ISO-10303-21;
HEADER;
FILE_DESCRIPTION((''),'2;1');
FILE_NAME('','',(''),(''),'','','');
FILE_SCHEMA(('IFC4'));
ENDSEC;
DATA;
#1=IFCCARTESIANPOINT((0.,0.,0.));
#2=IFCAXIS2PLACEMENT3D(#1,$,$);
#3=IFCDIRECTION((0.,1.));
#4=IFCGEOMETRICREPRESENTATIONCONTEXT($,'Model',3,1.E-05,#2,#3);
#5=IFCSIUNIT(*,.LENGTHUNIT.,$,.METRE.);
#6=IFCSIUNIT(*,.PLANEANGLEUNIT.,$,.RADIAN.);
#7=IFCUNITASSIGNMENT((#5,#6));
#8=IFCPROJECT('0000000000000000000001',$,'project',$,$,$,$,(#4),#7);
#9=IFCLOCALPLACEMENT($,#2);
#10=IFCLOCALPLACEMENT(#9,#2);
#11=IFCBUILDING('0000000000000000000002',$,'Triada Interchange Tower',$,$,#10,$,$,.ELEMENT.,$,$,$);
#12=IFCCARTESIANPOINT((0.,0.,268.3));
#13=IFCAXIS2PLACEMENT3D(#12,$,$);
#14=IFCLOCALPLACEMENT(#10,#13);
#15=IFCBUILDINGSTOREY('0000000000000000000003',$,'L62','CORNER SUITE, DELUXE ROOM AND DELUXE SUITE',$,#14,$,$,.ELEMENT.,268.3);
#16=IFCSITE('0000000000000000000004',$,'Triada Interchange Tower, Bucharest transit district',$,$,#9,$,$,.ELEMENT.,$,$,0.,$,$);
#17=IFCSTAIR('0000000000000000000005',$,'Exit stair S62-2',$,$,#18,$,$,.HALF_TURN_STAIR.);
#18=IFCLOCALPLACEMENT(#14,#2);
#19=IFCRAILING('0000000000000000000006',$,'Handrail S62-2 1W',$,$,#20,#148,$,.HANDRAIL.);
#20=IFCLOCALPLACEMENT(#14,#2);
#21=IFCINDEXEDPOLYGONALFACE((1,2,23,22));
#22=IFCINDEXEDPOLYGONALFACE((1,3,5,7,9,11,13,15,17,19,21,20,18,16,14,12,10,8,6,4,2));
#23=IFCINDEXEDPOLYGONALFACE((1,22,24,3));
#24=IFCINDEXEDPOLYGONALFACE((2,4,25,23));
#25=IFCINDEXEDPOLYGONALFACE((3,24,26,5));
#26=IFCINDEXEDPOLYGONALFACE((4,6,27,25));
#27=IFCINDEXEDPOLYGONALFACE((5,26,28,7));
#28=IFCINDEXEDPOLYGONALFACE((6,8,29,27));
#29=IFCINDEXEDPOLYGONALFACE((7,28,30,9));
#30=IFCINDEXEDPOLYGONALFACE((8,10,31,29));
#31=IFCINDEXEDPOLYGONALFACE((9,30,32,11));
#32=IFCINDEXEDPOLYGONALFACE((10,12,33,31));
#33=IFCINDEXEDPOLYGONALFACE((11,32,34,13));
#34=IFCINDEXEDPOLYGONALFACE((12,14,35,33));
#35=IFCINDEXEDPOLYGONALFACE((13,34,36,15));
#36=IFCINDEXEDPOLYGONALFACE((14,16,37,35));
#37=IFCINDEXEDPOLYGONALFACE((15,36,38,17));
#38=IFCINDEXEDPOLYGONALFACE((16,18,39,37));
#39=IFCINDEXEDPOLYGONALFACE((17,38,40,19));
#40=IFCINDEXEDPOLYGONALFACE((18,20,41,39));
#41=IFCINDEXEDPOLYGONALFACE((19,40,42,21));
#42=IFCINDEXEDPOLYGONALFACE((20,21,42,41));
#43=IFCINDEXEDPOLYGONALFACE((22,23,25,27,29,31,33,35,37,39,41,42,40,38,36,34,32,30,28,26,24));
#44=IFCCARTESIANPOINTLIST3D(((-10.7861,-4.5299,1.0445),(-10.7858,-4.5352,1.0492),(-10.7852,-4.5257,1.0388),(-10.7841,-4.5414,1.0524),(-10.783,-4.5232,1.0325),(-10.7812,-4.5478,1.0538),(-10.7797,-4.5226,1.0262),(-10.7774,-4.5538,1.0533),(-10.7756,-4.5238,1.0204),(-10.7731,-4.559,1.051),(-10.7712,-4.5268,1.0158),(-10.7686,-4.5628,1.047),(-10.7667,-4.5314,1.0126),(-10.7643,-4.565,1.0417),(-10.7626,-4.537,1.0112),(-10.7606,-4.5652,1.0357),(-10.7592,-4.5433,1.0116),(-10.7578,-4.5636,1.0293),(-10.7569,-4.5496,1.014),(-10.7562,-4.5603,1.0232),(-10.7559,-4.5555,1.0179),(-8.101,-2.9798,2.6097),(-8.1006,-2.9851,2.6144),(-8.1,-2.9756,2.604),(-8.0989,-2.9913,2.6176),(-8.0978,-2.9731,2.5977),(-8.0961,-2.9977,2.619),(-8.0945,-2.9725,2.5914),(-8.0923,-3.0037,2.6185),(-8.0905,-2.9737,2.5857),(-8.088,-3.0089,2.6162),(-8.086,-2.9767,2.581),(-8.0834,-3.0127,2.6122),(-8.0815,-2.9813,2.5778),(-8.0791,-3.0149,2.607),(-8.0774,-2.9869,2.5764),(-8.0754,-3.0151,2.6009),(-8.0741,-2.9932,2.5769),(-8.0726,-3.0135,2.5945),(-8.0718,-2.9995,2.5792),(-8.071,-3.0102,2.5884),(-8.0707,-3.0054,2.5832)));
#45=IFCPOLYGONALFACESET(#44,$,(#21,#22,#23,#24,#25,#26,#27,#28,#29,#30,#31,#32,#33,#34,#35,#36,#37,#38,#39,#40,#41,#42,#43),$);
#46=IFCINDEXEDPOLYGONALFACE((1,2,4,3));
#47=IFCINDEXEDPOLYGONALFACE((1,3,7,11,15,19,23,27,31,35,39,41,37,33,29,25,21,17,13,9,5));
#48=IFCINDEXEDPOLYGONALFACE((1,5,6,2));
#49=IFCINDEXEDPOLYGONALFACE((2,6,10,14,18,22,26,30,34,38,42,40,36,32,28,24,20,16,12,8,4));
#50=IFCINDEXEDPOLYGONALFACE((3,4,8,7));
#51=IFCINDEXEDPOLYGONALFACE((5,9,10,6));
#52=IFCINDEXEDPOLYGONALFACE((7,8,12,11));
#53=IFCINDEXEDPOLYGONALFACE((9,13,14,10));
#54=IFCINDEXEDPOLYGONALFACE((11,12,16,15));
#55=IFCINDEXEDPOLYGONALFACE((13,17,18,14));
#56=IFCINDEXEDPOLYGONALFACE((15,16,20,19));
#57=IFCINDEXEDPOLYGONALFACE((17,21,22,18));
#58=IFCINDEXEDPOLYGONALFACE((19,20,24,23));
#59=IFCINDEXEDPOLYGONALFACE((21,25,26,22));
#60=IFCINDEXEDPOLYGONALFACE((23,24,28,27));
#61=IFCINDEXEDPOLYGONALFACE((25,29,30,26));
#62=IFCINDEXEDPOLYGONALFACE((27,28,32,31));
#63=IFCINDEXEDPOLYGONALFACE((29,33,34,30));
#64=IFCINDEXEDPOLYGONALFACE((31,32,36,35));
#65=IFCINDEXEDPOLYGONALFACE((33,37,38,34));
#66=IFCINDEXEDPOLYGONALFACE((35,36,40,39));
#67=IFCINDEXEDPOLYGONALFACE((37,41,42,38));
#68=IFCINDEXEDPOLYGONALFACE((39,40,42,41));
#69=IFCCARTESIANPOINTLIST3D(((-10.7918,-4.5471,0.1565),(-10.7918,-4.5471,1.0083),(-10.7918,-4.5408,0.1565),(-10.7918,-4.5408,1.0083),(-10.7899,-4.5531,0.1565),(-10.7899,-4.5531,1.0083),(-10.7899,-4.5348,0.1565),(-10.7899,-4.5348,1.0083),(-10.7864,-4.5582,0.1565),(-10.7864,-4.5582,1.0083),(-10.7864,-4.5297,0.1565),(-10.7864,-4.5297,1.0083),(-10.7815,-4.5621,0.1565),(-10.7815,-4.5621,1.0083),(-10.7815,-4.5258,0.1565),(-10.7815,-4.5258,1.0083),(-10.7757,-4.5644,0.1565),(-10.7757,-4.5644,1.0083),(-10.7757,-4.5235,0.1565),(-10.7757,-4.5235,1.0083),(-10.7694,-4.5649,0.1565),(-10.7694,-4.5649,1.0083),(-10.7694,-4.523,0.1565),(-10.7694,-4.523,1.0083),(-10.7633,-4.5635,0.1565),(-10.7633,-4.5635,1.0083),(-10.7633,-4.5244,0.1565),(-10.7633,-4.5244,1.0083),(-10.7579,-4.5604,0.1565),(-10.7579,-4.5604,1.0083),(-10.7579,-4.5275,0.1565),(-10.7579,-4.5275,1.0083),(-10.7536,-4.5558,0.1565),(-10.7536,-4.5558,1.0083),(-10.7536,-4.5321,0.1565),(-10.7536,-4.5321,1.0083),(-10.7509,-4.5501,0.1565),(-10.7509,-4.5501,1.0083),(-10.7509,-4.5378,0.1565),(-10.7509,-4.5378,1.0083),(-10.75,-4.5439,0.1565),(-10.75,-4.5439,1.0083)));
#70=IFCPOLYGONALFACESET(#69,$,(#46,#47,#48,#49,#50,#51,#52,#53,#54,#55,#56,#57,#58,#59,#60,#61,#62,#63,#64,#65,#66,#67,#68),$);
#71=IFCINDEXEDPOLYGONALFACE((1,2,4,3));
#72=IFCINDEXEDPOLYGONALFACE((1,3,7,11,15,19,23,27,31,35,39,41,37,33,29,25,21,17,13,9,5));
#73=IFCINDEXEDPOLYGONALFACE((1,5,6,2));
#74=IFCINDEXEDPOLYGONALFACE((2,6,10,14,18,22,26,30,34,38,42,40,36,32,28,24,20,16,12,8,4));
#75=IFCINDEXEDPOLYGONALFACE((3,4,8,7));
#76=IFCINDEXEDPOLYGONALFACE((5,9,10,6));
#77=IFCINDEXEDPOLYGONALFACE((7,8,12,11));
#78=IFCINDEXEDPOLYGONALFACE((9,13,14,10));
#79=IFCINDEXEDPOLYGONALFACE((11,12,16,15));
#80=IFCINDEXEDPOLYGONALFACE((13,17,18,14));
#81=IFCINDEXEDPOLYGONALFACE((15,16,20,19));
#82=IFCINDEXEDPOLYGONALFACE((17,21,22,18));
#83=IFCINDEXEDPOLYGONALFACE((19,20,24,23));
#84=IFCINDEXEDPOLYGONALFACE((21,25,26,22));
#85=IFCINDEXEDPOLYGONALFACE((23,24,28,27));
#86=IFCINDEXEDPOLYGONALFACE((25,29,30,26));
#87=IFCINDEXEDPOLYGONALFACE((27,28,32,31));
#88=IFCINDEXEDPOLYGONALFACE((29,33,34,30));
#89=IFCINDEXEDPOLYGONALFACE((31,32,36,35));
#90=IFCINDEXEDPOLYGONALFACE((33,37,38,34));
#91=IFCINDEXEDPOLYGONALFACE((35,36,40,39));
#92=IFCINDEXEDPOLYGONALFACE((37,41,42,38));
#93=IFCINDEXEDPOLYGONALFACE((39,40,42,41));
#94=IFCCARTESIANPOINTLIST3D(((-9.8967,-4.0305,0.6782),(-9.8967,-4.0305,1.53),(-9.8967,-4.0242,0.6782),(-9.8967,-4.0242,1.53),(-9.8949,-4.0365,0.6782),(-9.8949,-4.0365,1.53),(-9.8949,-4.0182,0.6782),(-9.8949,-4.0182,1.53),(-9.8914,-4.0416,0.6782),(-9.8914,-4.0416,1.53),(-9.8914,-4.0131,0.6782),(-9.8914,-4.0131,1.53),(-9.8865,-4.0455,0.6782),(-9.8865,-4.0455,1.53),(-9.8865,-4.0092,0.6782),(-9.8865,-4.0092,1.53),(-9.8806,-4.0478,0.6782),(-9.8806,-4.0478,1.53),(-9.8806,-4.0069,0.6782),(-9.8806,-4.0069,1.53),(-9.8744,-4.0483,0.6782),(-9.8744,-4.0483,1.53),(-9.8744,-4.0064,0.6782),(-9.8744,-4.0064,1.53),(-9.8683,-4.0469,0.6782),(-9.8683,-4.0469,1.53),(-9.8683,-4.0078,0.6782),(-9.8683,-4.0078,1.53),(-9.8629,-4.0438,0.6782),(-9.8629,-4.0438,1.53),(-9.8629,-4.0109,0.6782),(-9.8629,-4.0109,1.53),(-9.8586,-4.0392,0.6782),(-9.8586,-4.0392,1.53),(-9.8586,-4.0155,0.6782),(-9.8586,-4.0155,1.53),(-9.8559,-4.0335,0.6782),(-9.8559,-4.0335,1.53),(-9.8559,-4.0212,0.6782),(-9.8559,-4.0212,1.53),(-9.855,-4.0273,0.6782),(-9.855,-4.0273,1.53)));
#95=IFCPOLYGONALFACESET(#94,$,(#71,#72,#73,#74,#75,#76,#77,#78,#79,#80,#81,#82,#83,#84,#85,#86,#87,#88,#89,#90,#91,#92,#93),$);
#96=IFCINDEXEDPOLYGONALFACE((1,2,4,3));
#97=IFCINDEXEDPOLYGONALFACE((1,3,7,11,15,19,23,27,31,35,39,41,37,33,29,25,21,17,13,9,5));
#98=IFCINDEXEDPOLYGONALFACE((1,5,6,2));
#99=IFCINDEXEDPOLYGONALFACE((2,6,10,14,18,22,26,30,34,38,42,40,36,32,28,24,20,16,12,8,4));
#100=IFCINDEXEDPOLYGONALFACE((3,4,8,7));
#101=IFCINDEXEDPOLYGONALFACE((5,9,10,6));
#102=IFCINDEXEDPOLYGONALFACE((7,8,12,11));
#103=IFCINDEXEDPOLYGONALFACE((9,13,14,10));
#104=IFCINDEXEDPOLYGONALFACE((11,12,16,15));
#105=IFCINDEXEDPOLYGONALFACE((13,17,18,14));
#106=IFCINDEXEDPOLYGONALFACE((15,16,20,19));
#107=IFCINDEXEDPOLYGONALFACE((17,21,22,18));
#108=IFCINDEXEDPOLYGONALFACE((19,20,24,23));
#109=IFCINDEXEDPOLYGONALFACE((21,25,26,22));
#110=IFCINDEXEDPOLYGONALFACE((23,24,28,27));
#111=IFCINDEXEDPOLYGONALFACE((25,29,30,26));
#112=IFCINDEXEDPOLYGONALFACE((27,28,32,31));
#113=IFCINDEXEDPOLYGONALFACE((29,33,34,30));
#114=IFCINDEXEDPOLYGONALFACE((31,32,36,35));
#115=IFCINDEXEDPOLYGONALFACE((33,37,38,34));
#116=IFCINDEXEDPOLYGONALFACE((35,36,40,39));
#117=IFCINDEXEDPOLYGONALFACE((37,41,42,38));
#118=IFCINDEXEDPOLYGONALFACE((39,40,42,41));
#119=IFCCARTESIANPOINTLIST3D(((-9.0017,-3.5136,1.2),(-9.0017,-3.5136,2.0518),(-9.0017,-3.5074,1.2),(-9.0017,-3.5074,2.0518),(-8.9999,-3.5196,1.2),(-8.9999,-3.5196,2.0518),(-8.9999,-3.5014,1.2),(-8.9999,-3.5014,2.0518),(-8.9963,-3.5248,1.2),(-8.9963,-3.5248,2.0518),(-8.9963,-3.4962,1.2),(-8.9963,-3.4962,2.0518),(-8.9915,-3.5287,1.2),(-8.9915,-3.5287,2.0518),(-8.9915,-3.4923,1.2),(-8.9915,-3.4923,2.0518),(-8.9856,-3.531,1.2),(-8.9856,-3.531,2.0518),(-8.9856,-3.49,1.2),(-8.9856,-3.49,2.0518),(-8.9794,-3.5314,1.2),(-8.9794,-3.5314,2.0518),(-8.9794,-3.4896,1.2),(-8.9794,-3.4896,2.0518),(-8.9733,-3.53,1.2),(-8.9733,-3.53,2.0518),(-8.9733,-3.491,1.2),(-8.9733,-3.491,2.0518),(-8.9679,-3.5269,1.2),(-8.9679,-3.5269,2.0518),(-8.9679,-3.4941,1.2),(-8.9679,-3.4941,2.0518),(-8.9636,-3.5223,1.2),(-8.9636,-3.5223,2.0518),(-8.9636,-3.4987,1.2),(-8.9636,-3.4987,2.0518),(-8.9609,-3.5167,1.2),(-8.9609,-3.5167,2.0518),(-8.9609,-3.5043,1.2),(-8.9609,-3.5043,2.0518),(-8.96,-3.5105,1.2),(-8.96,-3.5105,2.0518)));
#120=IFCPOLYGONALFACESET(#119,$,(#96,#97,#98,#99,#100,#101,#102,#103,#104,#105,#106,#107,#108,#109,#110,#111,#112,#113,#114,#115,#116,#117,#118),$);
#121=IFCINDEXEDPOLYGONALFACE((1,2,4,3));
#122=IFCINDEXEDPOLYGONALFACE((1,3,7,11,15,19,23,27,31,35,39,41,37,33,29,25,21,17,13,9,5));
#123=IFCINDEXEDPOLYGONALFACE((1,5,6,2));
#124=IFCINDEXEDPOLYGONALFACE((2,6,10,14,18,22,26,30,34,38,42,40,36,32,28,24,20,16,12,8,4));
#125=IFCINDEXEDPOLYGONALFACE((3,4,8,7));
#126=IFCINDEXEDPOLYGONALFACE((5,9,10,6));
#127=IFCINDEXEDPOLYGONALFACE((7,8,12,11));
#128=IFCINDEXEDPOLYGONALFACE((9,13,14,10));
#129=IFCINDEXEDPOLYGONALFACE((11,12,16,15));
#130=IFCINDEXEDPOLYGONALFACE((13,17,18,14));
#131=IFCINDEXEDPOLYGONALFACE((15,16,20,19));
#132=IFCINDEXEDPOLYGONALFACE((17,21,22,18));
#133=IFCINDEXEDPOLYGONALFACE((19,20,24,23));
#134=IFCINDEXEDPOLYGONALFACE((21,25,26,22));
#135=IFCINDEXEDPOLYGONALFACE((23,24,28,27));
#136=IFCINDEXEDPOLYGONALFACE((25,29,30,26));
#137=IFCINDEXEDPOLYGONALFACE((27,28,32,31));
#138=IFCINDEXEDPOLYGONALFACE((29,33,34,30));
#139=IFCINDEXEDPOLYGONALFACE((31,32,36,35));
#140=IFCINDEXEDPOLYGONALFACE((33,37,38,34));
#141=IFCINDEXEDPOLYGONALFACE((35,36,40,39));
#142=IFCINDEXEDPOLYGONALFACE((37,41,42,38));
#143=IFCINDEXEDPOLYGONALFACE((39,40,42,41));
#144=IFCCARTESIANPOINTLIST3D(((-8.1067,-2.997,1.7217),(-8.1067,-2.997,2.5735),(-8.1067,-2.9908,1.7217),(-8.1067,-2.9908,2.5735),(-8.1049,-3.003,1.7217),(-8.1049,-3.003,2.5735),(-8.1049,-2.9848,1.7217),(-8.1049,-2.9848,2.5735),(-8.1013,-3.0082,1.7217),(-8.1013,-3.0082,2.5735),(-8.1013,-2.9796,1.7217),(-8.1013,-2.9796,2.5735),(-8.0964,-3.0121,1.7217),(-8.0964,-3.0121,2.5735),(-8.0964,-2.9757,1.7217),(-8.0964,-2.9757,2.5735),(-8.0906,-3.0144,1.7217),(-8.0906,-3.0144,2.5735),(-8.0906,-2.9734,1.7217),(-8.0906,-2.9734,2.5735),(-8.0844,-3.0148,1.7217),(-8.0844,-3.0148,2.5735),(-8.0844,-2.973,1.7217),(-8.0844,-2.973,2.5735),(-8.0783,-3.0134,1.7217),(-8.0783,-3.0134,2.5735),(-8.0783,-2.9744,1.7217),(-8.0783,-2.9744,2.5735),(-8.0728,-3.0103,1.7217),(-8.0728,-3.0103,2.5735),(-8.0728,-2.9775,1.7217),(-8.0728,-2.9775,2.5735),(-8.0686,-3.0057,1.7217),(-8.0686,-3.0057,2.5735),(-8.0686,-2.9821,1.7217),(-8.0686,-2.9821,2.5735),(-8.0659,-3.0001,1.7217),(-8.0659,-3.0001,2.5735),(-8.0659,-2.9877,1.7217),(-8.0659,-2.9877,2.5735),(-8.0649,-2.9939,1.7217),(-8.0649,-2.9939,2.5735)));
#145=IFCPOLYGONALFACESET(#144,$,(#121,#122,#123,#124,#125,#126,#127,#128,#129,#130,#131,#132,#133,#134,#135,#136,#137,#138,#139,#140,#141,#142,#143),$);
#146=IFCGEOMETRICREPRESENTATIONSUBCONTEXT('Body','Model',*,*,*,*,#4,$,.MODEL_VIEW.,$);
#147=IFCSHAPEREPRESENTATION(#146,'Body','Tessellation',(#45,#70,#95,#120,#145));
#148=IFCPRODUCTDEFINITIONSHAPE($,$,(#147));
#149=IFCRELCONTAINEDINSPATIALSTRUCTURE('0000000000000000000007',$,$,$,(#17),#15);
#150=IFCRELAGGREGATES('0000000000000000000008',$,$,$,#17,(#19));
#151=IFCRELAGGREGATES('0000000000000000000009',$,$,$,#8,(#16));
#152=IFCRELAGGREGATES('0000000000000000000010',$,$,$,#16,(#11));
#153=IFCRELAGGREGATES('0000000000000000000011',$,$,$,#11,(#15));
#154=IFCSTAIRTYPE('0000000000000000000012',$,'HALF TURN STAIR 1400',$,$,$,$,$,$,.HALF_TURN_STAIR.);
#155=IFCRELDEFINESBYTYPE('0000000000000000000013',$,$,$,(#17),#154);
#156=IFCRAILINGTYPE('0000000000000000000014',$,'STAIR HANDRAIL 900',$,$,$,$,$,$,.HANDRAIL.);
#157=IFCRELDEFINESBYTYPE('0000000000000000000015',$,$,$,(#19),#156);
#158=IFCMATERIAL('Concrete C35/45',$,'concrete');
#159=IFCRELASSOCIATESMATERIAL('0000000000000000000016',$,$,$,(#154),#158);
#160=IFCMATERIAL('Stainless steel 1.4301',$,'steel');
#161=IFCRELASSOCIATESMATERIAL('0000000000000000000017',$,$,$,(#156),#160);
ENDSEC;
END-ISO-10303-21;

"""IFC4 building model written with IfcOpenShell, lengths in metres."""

from ifc_helpers import new_model, si_unit, direction, frame, origin, origin_2d, place, context, subcontext, project, spatial, circle, extrude, material, type_object, element, aggregate, save


model = new_model("IFC4")

# Units and contexts
model_context = context("Model", 3, precision=1e-05, world=origin(), true_north=direction((0.0, 1.0)))
body_context = subcontext(model_context, "Body", "Model", "MODEL_VIEW")
ifc_project = project(units=[si_unit("LENGTHUNIT", "METRE"), si_unit("PLANEANGLEUNIT", "RADIAN")], contexts=[model_context])

# Site, building, storey
site_placement = place(None, origin())
site = spatial("IfcSite", under=ifc_project, at=site_placement, Name="Triada Interchange Tower, Bucharest transit district", CompositionType="ELEMENT", RefElevation=0.0)
building_placement = place(site_placement, origin())
building = spatial("IfcBuilding", under=site, at=building_placement, Name="Triada Interchange Tower", CompositionType="ELEMENT")
storey_placement = place(building_placement, frame((0.0, 0.0, 268.3)))
storey = spatial("IfcBuildingStorey", under=building, at=storey_placement, Name="L62", Description="CORNER SUITE, DELUXE ROOM AND DELUXE SUITE", CompositionType="ELEMENT", Elevation=268.3)

# Stair, railing
ifc_material_1 = material(Name="Concrete C35/45", Category="concrete")
stair_type = type_object("IfcStairType", Name="HALF TURN STAIR 1400", PredefinedType="HALF_TURN_STAIR", material=ifc_material_1)
stair_placement = place(storey_placement, origin())
stair = element("IfcStair", 1, at=stair_placement, inside=storey, type_object=stair_type, Name="Exit stair S62-2", PredefinedType="HALF_TURN_STAIR")
ifc_material_2 = material(Name="Stainless steel 1.4301", Category="steel")
railing_type = type_object("IfcRailingType", Name="STAIR HANDRAIL 900", PredefinedType="HANDRAIL", material=ifc_material_2)
railing_1_placement = place(storey_placement, frame((-10.771, -4.5439, 0.1565)))
railing_1 = element("IfcRailing", 2, at=railing_1_placement, type_object=railing_type, Name="Handrail S62-2 1W", PredefinedType="HANDRAIL", context=body_context, shape_type="SweptSolid", body=[
    extrude(circle(Radius=0.0239, at=origin_2d()), frame((0.0, 0.0, 0.876), z_axis=(0.773115, 0.446309, 0.450667), x_axis=(-0.499959, 0.866049, 0.0)), (0.0, 0.0, 1.0), 3.4731),
    extrude(circle(Radius=0.021, at=origin_2d()), origin(), (0.0, 0.0, 1.0), 0.8518),
    extrude(circle(Radius=0.021, at=origin_2d()), frame((0.895, 0.5166, 0.5217)), (0.0, 0.0, 1.0), 0.8518),
    extrude(circle(Radius=0.021, at=origin_2d()), frame((1.79, 1.0334, 1.0435)), (0.0, 0.0, 1.0), 0.8518),
    extrude(circle(Radius=0.021, at=origin_2d()), frame((2.6851, 1.55, 1.5652)), (0.0, 0.0, 1.0), 0.8518),
])
aggregate(stair, [railing_1])

save(model, "model.ifc")
